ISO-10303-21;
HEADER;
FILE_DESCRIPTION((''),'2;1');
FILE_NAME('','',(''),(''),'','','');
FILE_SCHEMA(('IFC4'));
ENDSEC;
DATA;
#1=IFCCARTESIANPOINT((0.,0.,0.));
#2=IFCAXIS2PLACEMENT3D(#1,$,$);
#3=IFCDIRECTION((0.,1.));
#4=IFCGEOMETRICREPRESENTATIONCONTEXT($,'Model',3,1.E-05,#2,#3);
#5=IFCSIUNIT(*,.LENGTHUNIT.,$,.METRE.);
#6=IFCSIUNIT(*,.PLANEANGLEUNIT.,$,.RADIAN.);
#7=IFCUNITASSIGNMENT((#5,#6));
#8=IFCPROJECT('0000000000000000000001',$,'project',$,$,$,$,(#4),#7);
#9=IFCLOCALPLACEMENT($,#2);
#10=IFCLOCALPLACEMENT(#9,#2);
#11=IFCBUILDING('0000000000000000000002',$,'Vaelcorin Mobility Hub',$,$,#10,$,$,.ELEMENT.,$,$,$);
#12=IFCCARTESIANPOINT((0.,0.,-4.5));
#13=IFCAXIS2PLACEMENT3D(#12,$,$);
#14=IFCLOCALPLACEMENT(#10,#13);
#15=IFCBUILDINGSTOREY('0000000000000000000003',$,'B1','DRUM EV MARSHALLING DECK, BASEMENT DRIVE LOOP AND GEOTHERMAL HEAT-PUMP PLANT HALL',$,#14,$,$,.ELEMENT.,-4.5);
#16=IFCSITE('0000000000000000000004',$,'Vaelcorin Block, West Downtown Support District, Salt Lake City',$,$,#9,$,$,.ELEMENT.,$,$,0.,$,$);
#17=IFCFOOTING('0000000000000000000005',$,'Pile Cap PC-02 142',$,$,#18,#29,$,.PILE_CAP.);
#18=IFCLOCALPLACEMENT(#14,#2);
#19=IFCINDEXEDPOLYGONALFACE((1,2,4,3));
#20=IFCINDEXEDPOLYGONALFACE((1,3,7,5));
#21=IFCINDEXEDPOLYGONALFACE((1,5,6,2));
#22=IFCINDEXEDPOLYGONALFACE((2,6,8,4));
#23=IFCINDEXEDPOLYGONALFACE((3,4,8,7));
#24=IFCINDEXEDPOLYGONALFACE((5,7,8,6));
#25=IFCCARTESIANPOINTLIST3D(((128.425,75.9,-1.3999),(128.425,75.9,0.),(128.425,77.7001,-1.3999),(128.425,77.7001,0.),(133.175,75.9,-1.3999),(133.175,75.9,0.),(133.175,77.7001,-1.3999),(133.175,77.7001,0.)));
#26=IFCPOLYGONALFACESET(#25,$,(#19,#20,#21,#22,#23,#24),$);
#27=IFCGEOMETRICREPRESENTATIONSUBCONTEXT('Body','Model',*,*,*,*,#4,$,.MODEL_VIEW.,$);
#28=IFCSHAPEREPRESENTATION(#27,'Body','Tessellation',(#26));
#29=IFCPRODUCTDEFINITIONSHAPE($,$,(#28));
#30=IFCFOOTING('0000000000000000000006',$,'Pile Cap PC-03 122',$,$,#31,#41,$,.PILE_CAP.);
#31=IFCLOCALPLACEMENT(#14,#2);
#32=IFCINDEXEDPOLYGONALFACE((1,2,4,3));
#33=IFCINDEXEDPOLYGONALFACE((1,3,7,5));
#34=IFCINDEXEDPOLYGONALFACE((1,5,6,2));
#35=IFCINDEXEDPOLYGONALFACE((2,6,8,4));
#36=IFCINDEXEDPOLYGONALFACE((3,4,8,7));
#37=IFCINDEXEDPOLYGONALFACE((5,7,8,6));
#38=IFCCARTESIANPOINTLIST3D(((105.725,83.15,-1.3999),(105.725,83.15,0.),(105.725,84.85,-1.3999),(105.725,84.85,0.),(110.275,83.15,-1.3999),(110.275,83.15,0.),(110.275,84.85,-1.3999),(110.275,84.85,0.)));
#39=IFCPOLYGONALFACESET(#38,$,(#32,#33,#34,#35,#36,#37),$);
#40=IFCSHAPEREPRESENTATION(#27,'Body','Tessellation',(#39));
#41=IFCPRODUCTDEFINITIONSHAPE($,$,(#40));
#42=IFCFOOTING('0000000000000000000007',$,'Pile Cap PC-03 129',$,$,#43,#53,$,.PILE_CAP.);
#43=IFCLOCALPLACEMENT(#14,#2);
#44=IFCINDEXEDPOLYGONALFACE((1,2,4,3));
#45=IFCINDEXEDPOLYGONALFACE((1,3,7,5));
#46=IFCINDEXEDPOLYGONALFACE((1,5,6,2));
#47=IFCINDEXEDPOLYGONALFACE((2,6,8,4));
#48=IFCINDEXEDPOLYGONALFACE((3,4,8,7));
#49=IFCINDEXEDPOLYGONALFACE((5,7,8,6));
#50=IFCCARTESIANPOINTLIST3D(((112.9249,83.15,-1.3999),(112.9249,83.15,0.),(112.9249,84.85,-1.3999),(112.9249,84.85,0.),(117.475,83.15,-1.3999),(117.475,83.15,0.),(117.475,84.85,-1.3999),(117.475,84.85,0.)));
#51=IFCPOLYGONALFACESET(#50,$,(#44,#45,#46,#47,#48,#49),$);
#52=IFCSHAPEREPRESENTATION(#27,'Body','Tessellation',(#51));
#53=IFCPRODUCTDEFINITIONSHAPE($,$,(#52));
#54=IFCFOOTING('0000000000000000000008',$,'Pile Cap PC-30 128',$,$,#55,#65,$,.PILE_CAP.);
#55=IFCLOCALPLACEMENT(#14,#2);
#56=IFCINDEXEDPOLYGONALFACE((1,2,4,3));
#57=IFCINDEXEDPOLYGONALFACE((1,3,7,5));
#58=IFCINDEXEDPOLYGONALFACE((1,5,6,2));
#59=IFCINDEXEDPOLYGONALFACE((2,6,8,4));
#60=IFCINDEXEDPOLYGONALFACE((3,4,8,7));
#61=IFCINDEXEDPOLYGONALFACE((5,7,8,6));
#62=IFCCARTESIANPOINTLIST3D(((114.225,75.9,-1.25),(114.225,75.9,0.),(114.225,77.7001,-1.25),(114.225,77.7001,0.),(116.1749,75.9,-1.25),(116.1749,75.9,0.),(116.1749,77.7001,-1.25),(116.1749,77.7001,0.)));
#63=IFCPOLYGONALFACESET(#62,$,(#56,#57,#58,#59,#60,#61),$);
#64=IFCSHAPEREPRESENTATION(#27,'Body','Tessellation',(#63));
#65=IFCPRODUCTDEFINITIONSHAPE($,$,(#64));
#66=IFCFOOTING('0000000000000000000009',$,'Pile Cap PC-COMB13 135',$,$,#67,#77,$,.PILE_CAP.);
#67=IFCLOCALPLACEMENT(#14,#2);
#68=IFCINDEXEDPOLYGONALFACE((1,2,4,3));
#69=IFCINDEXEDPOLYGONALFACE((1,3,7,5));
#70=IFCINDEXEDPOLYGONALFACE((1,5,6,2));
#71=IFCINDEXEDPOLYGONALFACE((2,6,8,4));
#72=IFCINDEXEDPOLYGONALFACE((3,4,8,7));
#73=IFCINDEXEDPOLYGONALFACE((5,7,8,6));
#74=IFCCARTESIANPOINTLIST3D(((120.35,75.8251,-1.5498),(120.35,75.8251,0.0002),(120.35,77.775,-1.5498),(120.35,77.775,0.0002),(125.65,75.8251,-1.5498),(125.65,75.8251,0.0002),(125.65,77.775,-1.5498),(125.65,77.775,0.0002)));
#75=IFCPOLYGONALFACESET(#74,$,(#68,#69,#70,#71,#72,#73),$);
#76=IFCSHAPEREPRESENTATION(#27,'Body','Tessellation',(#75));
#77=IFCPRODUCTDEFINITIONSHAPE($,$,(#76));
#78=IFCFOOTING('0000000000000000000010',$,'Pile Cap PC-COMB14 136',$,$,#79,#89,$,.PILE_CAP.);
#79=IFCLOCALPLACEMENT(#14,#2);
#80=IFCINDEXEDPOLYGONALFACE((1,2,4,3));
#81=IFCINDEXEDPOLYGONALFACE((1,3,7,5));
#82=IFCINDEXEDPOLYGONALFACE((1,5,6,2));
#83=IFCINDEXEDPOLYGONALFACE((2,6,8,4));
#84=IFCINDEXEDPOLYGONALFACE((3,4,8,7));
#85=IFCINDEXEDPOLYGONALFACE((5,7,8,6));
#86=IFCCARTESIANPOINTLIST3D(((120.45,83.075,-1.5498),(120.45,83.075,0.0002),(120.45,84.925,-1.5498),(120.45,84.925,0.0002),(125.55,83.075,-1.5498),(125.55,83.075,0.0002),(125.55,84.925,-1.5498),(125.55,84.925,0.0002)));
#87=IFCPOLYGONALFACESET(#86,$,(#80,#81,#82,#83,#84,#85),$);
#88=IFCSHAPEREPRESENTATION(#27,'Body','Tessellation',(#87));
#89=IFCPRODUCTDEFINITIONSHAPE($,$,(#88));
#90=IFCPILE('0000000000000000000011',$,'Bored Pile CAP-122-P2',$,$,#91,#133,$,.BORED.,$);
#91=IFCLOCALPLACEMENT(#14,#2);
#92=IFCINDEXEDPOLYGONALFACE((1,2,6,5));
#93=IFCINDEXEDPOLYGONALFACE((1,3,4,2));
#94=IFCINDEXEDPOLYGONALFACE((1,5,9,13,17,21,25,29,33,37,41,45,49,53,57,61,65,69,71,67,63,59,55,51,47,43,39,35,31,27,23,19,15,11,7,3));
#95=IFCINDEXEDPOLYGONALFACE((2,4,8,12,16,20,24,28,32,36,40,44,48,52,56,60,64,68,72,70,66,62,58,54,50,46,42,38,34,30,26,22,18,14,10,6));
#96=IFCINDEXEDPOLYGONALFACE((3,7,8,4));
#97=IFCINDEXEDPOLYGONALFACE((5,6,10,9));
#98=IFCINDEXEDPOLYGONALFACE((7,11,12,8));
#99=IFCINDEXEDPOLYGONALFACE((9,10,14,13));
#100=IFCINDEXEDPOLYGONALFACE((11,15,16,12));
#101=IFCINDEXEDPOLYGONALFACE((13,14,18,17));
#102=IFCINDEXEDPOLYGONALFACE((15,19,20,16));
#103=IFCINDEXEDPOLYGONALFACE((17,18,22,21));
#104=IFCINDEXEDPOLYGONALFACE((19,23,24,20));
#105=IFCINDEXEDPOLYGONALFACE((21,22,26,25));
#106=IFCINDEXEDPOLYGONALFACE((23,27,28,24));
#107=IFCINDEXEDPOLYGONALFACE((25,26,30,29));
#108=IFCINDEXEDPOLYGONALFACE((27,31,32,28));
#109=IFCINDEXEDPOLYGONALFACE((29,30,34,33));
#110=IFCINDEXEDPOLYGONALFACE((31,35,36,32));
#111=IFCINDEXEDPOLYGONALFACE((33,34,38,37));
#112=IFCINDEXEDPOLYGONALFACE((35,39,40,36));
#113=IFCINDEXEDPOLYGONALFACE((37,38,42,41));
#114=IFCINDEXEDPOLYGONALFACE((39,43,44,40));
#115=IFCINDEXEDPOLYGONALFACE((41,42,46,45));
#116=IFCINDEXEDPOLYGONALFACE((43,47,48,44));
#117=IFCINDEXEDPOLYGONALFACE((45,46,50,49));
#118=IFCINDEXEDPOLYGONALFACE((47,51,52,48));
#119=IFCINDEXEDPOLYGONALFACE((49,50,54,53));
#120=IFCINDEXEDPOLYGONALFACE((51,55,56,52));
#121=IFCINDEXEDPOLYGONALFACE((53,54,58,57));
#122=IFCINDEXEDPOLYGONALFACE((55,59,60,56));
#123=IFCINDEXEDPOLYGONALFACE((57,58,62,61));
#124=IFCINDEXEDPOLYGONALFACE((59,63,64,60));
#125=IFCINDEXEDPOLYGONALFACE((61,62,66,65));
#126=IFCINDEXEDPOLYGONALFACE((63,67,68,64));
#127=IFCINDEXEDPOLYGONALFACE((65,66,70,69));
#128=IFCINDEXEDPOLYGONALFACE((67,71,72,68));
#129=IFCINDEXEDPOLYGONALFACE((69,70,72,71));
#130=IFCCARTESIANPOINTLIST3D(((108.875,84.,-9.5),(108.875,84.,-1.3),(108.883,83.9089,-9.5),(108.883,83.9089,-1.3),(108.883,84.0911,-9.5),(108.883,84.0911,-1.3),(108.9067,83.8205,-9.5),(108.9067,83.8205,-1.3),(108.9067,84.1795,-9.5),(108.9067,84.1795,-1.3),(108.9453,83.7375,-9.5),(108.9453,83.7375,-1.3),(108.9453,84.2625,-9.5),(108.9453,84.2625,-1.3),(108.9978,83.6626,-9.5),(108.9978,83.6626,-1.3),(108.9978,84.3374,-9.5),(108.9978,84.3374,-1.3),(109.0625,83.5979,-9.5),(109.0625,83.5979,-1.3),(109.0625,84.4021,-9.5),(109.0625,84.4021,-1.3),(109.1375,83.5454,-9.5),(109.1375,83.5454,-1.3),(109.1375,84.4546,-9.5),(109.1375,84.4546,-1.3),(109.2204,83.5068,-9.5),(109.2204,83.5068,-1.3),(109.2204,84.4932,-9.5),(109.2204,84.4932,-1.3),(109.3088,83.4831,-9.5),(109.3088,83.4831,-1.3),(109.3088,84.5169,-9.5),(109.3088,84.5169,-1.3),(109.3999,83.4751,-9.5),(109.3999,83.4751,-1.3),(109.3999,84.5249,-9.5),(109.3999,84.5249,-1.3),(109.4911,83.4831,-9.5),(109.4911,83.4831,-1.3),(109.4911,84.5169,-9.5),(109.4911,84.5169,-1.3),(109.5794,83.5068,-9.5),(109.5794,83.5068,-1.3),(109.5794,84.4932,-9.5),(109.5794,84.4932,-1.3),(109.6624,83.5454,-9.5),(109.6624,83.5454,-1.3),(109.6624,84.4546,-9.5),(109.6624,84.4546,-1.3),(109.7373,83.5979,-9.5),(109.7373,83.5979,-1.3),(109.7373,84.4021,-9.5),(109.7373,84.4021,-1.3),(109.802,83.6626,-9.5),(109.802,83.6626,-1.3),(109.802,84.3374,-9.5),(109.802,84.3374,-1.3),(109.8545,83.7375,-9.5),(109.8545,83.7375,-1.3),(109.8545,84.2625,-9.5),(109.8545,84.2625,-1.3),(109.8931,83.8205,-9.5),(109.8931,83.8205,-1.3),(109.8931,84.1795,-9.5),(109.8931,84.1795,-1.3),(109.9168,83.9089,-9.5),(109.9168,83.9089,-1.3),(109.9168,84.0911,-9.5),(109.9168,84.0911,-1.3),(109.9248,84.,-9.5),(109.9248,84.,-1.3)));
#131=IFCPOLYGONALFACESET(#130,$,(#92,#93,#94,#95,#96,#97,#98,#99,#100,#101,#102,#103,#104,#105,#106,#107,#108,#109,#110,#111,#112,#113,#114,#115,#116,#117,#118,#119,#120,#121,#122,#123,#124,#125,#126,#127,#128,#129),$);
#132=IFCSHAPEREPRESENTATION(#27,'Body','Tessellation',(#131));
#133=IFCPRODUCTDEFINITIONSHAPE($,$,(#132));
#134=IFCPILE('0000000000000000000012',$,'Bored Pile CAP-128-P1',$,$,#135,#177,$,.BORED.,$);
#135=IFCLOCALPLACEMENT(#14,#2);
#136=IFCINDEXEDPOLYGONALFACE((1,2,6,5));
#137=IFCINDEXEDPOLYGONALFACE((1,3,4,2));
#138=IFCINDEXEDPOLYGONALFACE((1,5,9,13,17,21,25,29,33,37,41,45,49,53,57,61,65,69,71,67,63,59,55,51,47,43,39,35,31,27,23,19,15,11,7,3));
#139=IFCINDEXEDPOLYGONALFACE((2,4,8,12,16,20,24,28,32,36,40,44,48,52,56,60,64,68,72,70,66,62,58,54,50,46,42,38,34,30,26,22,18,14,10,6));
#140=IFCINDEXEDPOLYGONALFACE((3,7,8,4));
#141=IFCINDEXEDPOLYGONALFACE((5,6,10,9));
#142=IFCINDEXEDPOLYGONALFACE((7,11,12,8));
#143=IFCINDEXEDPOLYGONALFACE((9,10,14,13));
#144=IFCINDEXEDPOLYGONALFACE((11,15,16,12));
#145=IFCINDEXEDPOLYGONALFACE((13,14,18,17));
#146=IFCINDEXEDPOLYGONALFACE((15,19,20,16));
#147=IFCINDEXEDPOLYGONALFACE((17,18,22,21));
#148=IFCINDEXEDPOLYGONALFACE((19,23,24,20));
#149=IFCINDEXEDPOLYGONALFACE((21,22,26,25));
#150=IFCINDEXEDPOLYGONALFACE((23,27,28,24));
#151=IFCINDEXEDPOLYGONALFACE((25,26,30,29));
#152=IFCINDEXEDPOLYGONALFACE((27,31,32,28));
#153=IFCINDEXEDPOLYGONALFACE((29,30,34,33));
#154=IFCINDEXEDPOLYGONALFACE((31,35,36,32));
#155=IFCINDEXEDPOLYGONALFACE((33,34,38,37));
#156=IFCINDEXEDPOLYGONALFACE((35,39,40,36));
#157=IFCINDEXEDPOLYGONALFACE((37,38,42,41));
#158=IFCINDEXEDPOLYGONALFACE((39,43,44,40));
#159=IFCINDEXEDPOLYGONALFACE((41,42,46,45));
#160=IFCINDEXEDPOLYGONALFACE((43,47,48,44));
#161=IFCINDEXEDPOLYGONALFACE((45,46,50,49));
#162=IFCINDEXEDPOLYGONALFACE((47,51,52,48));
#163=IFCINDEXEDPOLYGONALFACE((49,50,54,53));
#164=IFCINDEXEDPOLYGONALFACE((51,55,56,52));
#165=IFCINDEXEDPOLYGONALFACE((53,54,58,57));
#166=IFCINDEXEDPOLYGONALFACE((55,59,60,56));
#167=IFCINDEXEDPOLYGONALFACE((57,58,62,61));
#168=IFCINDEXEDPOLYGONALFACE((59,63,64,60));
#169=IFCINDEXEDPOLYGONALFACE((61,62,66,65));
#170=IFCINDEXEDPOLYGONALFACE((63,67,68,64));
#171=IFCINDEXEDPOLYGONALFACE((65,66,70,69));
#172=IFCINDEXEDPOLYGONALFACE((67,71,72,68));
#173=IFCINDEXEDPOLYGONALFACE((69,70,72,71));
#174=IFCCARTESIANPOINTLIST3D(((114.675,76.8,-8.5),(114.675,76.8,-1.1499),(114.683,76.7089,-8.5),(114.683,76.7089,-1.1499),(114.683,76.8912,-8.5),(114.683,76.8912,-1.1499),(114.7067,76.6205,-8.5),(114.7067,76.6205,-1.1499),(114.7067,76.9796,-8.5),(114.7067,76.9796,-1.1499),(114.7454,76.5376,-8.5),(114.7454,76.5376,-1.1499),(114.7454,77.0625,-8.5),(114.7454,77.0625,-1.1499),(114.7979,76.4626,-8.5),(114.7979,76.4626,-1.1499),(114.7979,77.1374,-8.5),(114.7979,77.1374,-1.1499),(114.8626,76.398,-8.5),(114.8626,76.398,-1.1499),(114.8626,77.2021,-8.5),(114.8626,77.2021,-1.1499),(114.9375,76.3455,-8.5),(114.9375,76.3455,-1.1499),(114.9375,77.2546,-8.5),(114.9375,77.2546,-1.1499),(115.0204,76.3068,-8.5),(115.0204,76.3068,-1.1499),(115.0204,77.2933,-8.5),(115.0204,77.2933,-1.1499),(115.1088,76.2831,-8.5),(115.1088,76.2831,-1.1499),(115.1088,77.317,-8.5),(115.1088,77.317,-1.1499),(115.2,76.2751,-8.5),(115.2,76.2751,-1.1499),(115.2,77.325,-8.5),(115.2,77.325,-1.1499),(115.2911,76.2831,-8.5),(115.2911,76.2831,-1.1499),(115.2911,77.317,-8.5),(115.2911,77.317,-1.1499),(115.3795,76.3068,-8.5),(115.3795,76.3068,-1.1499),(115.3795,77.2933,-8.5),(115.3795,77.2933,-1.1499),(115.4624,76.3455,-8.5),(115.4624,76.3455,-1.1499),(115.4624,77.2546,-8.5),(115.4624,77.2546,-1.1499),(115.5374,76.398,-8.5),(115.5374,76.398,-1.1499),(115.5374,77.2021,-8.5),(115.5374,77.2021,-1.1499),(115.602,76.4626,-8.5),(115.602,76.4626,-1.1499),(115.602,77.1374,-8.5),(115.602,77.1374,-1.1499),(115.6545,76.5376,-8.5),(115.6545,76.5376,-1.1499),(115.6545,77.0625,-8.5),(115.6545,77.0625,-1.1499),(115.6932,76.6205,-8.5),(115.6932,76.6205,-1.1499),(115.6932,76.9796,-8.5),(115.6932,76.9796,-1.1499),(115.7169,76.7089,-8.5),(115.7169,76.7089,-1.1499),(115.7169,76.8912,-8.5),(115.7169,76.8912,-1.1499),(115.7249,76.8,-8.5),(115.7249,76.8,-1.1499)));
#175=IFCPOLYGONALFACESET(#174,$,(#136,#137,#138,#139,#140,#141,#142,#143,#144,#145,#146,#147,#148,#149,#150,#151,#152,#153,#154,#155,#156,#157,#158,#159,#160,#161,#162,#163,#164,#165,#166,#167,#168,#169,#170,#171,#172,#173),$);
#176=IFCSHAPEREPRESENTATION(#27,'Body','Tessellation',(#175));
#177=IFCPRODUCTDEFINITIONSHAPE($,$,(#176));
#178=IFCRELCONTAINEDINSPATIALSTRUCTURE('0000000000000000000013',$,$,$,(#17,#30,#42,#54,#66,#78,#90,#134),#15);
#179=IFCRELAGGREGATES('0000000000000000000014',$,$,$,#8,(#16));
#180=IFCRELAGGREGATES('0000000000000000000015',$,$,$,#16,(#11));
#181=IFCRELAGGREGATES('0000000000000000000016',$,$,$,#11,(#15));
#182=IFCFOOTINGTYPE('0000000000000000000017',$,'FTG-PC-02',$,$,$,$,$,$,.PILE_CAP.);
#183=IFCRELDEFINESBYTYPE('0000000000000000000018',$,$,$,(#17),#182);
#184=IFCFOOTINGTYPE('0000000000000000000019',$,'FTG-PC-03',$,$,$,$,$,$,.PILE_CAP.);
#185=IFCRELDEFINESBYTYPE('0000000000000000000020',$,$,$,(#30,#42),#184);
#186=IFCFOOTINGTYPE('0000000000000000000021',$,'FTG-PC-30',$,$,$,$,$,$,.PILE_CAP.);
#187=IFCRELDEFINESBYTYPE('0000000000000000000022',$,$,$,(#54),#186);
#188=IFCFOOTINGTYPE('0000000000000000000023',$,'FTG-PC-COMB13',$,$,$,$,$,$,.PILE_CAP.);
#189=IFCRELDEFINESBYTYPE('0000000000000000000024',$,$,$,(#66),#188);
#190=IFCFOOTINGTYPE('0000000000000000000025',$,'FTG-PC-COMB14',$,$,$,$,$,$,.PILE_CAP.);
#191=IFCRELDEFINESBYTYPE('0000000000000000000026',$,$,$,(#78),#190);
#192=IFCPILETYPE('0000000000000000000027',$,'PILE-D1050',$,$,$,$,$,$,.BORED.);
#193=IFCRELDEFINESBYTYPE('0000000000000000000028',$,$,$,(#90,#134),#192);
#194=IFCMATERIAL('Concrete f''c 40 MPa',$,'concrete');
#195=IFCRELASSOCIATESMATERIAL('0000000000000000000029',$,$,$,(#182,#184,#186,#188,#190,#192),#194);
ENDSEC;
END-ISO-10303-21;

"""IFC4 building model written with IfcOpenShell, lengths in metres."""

from ifc_helpers import new_model, si_unit, direction, frame, origin, origin_2d, place, context, subcontext, project, spatial, rectangle, circle, extrude, material, material_profile, profile_set, type_object, element, save


model = new_model("IFC4")

# Units and contexts
model_context = context("Model", 3, precision=1e-05, world=origin(), true_north=direction((0.0, 1.0)))
body_context = subcontext(model_context, "Body", "Model", "MODEL_VIEW")
ifc_project = project(units=[si_unit("LENGTHUNIT", "METRE"), si_unit("PLANEANGLEUNIT", "RADIAN")], contexts=[model_context])

# Site, building, storey
site_placement = place(None, origin())
site = spatial("IfcSite", under=ifc_project, at=site_placement, Name="Vaelcorin Block, West Downtown Support District, Salt Lake City", CompositionType="ELEMENT", RefElevation=0.0)
building_placement = place(site_placement, origin())
building = spatial("IfcBuilding", under=site, at=building_placement, Name="Vaelcorin Mobility Hub", CompositionType="ELEMENT")
storey_placement = place(building_placement, frame((0.0, 0.0, -4.5)))
storey = spatial("IfcBuildingStorey", under=building, at=storey_placement, Name="B1", Description="DRUM EV MARSHALLING DECK, BASEMENT DRIVE LOOP AND GEOTHERMAL HEAT-PUMP PLANT HALL", CompositionType="ELEMENT", Elevation=-4.5)

# Footings
ifc_material_1 = material(Name="Concrete f'c 40 MPa", Category="concrete")
footing_type_1 = type_object("IfcFootingType", Name="FTG-PC-02", PredefinedType="PILE_CAP", material=ifc_material_1)
footing_1_placement = place(storey_placement, frame((130.8, 76.8, -1.3999), z_axis=(0.0, 0.0, 1.0), x_axis=(1.0, 0.0, 0.0)))
element("IfcFooting", 1, at=footing_1_placement, inside=storey, type_object=footing_type_1, Name="Pile Cap PC-02 142", PredefinedType="PILE_CAP", context=body_context, shape_type="SweptSolid", body=[
    extrude(rectangle(XDim=4.75, YDim=1.8, at=origin_2d()), origin(), (0.0, 0.0, 1.0), 1.3999),
])
footing_type_2 = type_object("IfcFootingType", Name="FTG-PC-03", PredefinedType="PILE_CAP", material=ifc_material_1)
for number, where, z_axis, x_axis, name in (
    (2, (108.0, 84.0, -1.3999), (0.0, 0.0, 1.0), (1.0, 0.0, 0.0), "Pile Cap PC-03 122"),
    (3, (115.2, 84.0, -1.3999), (0.0, 0.0, 1.0), (1.0, 0.0, 0.0), "Pile Cap PC-03 129"),
):
    element("IfcFooting", number, at=place(storey_placement, frame(where, z_axis=z_axis, x_axis=x_axis)), inside=storey, type_object=footing_type_2, Name=name, PredefinedType="PILE_CAP", context=body_context, shape_type="SweptSolid", body=[
        extrude(rectangle(XDim=4.55, YDim=1.7, at=origin_2d()), origin(), (0.0, 0.0, 1.0), 1.3999),
    ])
footing_type_3 = type_object("IfcFootingType", Name="FTG-PC-30", PredefinedType="PILE_CAP", material=ifc_material_1)
footing_2_placement = place(storey_placement, frame((115.2, 76.8, -1.25), z_axis=(0.0, 0.0, 1.0), x_axis=(1.0, 0.0, 0.0)))
element("IfcFooting", 4, at=footing_2_placement, inside=storey, type_object=footing_type_3, Name="Pile Cap PC-30 128", PredefinedType="PILE_CAP", context=body_context, shape_type="SweptSolid", body=[
    extrude(rectangle(XDim=1.95, YDim=1.8, at=origin_2d()), origin(), (0.0, 0.0, 1.0), 1.25),
])
footing_type_4 = type_object("IfcFootingType", Name="FTG-PC-COMB13", PredefinedType="PILE_CAP", material=ifc_material_1)
footing_3_placement = place(storey_placement, frame((123.0, 76.8, -1.5498), z_axis=(0.0, 0.0, 1.0), x_axis=(1.0, 0.0, 0.0)))
element("IfcFooting", 5, at=footing_3_placement, inside=storey, type_object=footing_type_4, Name="Pile Cap PC-COMB13 135", PredefinedType="PILE_CAP", context=body_context, shape_type="SweptSolid", body=[
    extrude(rectangle(XDim=5.3, YDim=1.95, at=origin_2d()), origin(), (0.0, 0.0, 1.0), 1.55),
])
footing_type_5 = type_object("IfcFootingType", Name="FTG-PC-COMB14", PredefinedType="PILE_CAP", material=ifc_material_1)
footing_4_placement = place(storey_placement, frame((123.0, 84.0, -1.5498), z_axis=(0.0, 0.0, 1.0), x_axis=(1.0, 0.0, 0.0)))
element("IfcFooting", 6, at=footing_4_placement, inside=storey, type_object=footing_type_5, Name="Pile Cap PC-COMB14 136", PredefinedType="PILE_CAP", context=body_context, shape_type="SweptSolid", body=[
    extrude(rectangle(XDim=5.1001, YDim=1.8501, at=origin_2d()), origin(), (0.0, 0.0, 1.0), 1.55),
])

# Piles
ifc_material_profile_1 = material_profile(ifc_material_1, circle(Radius=0.5249, at=origin_2d()), Name="BP-D1050")
ifc_profile_set_1 = profile_set([ifc_material_profile_1], Name="Concrete f'c 40 MPa")
pile_type_1 = type_object("IfcPileType", Name="PILE-D1050", PredefinedType="BORED", material=ifc_profile_set_1)
pile_1_placement = place(storey_placement, frame((109.3999, 84.0, -1.3), z_axis=(0.0, 0.0, -1.0), x_axis=(1.0, 0.0, 0.0)))
element("IfcPile", 7, at=pile_1_placement, inside=storey, type_object=pile_type_1, Name="Bored Pile CAP-122-P2", PredefinedType="BORED", context=body_context, shape_type="SweptSolid", body=[
    extrude(circle(Radius=0.5249, at=origin_2d()), origin(), (0.0, 0.0, 1.0), 8.2),
])
pile_2_placement = place(storey_placement, frame((115.2, 76.8, -1.1499), z_axis=(0.0, 0.0, -1.0), x_axis=(1.0, 0.0, 0.0)))
element("IfcPile", 8, at=pile_2_placement, inside=storey, type_object=pile_type_1, Name="Bored Pile CAP-128-P1", PredefinedType="BORED", context=body_context, shape_type="SweptSolid", body=[
    extrude(circle(Radius=0.5249, at=origin_2d()), origin(), (0.0, 0.0, 1.0), 7.3501),
])

save(model, "model.ifc")
